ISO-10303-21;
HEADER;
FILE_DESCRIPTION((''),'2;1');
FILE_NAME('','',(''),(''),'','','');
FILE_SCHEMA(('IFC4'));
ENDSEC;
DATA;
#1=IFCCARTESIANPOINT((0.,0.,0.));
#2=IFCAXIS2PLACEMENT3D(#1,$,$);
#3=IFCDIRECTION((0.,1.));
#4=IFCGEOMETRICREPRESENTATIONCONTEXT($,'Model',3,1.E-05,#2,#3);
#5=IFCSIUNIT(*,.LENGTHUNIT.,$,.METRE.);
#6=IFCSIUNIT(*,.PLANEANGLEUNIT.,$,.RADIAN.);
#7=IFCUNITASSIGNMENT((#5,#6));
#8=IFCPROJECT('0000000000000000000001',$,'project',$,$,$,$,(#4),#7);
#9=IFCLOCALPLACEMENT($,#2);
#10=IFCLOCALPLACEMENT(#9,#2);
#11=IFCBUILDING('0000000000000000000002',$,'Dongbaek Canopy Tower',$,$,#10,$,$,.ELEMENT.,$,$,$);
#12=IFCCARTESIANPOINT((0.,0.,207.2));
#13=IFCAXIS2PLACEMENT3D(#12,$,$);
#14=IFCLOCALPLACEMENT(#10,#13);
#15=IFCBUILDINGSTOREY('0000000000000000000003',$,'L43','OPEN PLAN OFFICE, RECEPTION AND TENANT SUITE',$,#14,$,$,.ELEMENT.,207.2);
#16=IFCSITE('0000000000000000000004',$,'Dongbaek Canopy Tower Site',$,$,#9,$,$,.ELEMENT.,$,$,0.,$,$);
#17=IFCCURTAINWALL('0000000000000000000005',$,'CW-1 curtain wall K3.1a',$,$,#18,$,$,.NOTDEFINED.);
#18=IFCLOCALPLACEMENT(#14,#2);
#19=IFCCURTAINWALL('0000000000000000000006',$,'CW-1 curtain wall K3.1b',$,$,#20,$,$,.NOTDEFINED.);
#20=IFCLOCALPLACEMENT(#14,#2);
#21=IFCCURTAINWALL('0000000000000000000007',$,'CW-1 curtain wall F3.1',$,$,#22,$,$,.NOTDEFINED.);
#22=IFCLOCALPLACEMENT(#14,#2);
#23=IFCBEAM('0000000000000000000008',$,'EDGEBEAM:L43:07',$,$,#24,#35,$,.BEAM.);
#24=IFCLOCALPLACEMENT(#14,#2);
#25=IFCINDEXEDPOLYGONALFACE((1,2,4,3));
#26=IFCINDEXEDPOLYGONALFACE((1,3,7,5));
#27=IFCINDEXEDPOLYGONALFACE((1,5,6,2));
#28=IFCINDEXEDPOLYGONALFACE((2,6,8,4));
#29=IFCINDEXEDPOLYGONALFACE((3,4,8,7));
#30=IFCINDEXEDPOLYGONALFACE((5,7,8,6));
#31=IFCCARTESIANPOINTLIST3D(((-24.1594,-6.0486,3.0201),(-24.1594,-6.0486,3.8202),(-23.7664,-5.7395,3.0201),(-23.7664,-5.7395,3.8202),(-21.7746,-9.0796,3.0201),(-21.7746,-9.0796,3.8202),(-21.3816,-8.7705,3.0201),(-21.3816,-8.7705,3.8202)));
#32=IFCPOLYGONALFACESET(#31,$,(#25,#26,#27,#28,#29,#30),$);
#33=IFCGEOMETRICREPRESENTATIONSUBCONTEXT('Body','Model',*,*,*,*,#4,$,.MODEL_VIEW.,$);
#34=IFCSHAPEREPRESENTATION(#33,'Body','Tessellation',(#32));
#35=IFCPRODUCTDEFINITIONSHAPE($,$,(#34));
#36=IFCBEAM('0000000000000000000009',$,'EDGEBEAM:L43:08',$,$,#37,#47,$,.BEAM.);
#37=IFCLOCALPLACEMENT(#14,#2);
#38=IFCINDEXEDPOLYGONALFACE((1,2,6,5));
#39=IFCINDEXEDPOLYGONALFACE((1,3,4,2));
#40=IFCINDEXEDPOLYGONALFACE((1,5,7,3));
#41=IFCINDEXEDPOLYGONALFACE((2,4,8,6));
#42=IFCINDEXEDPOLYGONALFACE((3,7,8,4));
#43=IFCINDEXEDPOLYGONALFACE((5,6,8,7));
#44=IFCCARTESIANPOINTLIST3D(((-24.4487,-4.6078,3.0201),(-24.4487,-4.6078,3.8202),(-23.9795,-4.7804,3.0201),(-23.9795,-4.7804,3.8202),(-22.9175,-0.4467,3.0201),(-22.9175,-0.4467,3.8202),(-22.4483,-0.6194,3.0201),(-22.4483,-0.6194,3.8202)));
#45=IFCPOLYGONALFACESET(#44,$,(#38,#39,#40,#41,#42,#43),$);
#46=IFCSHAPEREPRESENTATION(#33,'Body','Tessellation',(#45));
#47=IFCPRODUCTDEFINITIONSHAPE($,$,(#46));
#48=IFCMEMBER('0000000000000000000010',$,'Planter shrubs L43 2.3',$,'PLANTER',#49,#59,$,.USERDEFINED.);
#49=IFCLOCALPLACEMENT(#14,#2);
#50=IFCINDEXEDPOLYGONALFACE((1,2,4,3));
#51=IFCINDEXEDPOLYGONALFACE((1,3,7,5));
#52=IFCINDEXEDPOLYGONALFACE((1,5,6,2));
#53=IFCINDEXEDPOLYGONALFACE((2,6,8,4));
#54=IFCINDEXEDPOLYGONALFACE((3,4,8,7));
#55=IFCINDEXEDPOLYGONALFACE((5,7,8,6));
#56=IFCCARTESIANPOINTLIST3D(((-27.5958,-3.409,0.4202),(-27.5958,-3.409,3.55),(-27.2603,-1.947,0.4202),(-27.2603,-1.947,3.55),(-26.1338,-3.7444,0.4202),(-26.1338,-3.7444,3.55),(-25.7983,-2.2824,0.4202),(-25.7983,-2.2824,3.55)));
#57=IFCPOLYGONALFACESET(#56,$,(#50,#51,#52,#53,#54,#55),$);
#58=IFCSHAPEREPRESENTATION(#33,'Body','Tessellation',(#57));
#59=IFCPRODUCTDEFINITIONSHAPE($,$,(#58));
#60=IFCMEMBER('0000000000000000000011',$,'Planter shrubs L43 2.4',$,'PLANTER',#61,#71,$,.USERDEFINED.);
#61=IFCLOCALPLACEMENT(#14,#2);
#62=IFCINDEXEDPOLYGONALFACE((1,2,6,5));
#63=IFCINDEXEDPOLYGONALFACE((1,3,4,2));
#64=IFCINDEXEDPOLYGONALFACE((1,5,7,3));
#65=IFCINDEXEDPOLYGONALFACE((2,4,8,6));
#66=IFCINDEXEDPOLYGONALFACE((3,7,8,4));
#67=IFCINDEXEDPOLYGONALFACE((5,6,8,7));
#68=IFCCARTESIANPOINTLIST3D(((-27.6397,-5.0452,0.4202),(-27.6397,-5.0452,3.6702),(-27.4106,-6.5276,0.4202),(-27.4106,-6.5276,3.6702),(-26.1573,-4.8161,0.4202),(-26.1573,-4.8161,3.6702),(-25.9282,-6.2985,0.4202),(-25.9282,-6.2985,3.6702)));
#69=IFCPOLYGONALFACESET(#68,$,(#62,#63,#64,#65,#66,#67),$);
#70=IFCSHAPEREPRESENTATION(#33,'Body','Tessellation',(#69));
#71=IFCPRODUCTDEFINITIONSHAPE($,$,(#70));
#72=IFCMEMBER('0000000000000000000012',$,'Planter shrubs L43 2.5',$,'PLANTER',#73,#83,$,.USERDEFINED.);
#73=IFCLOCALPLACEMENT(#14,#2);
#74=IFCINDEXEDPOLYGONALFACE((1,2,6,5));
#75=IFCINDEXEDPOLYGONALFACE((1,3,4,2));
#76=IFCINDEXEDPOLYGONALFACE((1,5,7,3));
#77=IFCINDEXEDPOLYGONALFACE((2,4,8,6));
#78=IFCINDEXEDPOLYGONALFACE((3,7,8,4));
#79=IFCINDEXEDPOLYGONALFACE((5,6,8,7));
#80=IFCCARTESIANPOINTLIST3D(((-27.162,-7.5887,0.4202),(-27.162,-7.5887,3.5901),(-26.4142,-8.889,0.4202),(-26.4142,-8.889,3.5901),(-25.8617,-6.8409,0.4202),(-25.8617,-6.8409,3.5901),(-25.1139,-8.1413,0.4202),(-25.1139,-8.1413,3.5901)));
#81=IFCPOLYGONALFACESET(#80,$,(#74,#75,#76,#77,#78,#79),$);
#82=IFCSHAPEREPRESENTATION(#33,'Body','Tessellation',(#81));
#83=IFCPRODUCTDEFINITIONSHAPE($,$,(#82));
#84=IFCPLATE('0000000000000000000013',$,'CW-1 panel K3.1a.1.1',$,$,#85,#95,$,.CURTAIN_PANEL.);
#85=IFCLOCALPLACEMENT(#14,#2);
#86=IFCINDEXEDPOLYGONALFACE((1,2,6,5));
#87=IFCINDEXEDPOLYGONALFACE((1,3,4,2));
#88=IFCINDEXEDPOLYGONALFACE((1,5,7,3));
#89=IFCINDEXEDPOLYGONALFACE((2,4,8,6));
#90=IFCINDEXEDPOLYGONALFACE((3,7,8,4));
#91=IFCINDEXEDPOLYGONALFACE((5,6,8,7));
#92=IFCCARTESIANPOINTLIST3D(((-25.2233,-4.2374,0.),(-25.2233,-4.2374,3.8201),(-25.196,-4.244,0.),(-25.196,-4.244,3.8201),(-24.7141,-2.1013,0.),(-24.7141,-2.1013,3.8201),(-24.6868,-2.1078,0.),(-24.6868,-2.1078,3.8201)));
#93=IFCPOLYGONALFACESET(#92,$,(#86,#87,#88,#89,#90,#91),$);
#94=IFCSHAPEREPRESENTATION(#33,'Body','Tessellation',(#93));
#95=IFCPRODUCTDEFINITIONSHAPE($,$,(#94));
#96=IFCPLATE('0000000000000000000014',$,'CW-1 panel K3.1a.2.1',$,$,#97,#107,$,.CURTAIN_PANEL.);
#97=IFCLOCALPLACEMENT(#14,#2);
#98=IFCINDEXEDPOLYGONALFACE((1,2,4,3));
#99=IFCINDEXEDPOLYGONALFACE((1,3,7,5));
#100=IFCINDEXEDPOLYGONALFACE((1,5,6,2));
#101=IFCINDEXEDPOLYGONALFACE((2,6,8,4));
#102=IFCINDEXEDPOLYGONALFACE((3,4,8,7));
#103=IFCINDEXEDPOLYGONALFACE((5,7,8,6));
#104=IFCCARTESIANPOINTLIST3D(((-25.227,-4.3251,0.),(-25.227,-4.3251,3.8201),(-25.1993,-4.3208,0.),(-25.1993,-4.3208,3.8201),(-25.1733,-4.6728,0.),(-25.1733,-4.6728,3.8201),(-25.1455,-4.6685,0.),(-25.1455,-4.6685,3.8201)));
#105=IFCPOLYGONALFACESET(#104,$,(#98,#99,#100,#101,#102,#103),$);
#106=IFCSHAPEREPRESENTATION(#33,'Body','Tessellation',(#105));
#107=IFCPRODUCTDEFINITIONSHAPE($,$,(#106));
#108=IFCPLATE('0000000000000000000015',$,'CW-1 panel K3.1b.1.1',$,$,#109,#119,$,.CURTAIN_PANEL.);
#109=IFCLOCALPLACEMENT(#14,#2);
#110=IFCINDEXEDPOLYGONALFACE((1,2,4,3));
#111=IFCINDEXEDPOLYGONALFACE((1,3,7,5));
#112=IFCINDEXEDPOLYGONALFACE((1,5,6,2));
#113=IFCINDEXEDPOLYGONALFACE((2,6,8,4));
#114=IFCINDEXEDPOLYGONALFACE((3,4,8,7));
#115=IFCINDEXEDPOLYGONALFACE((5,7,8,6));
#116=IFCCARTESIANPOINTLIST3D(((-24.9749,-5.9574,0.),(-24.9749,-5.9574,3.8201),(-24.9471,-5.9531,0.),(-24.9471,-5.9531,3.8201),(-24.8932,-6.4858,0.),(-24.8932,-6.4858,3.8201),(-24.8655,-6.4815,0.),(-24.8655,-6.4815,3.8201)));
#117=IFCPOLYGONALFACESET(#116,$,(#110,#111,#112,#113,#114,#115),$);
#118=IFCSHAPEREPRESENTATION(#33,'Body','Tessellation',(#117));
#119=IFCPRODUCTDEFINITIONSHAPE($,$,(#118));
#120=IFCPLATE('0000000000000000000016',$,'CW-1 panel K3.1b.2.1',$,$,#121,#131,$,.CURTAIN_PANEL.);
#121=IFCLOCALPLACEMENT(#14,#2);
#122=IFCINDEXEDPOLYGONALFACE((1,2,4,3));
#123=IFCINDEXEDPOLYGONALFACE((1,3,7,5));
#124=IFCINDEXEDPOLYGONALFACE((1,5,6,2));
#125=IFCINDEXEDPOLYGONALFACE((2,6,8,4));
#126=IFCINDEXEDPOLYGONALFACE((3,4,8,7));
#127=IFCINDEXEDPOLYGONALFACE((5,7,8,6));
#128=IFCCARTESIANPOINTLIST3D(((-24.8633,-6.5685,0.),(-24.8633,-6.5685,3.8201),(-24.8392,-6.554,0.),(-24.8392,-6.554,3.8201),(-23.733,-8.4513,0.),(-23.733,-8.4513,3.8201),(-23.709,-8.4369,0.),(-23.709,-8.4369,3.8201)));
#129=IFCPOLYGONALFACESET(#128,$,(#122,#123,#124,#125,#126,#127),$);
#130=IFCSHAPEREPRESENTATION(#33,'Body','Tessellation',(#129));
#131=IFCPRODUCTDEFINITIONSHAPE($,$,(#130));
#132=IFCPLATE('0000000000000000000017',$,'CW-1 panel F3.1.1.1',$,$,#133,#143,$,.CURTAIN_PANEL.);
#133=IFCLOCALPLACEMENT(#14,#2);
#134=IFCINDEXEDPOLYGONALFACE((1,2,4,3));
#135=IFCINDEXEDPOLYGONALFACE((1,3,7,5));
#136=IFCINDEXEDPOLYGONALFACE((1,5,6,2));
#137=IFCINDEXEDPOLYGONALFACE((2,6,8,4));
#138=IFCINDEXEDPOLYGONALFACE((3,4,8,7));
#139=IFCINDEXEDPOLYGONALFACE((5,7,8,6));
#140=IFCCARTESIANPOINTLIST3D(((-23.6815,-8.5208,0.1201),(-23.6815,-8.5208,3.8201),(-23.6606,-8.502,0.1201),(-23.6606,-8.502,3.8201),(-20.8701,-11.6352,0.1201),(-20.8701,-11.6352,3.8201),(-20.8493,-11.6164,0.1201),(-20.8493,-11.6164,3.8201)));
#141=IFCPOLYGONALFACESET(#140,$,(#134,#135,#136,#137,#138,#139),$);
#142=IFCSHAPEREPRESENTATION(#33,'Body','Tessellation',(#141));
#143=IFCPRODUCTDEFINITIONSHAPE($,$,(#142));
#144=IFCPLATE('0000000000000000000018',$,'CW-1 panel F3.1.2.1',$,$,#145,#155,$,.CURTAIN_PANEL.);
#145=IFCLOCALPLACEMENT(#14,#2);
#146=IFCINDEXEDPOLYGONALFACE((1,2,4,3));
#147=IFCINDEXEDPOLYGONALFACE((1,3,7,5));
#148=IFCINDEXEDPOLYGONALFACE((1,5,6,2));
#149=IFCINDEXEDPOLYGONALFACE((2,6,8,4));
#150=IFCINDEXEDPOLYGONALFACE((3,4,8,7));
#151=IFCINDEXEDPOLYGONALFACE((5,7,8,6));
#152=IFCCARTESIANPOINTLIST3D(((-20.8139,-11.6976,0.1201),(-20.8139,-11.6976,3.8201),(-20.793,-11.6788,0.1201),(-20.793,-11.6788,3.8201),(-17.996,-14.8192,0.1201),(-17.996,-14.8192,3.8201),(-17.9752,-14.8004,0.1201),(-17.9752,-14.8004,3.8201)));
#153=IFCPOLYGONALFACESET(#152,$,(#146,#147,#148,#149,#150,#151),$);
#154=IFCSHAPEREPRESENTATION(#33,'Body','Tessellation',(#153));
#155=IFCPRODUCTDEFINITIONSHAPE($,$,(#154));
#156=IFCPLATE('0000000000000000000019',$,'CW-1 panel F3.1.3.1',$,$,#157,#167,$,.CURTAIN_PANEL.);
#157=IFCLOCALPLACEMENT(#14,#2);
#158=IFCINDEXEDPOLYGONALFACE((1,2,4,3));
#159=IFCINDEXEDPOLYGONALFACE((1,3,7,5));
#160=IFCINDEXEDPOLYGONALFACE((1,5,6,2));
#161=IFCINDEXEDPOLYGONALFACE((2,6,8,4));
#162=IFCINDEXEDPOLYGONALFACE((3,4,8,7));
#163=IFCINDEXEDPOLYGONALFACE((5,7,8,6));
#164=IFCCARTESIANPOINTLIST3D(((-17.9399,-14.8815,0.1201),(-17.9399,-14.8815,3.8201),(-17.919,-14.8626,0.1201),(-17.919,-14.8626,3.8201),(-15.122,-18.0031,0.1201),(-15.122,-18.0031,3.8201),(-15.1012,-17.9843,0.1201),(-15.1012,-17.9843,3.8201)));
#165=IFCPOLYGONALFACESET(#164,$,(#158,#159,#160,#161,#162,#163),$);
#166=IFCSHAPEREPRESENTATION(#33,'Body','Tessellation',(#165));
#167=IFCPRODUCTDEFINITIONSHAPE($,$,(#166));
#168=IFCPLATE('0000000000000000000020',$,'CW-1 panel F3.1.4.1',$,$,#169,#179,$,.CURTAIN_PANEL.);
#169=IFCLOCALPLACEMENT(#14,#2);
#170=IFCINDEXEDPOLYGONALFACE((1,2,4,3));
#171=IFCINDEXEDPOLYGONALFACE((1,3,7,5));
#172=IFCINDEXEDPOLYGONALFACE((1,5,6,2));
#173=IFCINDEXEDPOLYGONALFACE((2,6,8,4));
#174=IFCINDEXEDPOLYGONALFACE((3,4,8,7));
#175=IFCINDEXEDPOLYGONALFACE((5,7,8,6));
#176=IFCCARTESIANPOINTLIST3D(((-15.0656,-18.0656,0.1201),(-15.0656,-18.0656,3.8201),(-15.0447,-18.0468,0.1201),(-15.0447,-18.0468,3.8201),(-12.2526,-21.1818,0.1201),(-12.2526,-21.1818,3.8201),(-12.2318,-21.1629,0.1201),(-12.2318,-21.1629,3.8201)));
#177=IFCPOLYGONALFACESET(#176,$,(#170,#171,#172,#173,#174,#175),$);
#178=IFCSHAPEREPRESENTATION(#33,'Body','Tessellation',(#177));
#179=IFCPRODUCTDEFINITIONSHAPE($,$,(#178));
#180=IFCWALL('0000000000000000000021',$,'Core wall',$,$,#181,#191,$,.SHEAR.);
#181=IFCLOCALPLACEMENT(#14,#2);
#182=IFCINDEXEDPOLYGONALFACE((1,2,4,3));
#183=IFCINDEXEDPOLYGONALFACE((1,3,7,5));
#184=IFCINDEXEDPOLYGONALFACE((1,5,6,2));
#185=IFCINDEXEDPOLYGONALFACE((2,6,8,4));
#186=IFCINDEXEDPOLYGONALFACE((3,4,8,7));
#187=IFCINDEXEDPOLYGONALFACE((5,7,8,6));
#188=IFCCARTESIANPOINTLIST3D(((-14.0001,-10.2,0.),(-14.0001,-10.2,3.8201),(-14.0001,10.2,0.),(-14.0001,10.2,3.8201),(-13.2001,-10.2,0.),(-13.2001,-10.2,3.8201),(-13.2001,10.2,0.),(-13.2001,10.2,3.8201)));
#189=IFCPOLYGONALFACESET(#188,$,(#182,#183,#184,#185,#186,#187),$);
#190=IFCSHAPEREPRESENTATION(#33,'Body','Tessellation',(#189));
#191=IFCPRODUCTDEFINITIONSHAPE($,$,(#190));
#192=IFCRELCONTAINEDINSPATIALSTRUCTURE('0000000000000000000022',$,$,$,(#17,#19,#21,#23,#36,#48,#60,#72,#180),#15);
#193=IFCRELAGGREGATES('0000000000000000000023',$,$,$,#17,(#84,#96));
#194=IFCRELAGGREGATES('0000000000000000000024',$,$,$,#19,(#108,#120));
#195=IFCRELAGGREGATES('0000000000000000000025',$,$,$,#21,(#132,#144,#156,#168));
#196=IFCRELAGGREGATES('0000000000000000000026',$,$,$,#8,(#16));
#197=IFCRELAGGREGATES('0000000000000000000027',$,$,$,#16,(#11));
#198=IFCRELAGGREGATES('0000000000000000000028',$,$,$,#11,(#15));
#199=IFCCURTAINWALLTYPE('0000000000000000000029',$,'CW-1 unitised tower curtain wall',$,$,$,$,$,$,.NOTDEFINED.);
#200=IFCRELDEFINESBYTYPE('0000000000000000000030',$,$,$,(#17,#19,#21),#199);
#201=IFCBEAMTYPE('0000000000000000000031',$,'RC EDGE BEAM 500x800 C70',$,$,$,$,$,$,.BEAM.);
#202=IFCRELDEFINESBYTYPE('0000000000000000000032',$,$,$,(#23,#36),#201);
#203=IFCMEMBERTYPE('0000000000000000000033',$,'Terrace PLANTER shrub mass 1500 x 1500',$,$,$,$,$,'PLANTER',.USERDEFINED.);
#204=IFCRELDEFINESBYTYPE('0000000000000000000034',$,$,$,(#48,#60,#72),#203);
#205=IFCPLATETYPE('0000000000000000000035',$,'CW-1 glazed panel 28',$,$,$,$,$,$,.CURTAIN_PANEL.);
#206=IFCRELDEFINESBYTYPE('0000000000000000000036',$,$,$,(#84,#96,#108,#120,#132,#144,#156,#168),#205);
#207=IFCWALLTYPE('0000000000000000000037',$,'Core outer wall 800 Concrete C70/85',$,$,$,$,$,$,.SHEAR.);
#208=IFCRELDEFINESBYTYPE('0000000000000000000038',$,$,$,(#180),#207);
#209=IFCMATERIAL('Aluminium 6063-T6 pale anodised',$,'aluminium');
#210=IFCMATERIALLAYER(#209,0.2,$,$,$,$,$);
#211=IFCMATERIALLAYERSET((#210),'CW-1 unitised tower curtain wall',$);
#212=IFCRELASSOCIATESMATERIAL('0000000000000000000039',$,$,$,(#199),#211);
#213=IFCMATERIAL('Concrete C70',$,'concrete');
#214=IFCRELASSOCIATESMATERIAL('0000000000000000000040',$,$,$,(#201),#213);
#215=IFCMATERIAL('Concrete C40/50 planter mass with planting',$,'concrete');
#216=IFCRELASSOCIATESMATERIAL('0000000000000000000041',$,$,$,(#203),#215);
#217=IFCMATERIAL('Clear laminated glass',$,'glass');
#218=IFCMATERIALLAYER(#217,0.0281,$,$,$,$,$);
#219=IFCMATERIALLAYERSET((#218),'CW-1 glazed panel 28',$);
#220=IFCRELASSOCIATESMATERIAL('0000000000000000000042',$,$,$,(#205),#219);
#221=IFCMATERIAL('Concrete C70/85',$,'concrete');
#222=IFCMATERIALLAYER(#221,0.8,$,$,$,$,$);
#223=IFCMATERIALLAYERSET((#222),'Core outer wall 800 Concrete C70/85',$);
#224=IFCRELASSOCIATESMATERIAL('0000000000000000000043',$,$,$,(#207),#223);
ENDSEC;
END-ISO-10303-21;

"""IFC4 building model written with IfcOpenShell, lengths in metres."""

from ifc_helpers import new_model, si_unit, direction, frame, frame_2d, origin, origin_2d, place, context, subcontext, project, spatial, rectangle, extrude, material, layer, layer_set, material_profile, profile_set, type_object, element, aggregate, save


model = new_model("IFC4")

# Units and contexts
model_context = context("Model", 3, precision=1e-05, world=origin(), true_north=direction((0.0, 1.0)))
body_context = subcontext(model_context, "Body", "Model", "MODEL_VIEW")
ifc_project = project(units=[si_unit("LENGTHUNIT", "METRE"), si_unit("PLANEANGLEUNIT", "RADIAN")], contexts=[model_context])

# Site, building, storey
site_placement = place(None, origin())
site = spatial("IfcSite", under=ifc_project, at=site_placement, Name="Dongbaek Canopy Tower Site", CompositionType="ELEMENT", RefElevation=0.0)
building_placement = place(site_placement, origin())
building = spatial("IfcBuilding", under=site, at=building_placement, Name="Dongbaek Canopy Tower", CompositionType="ELEMENT")
storey_placement = place(building_placement, frame((0.0, 0.0, 207.2)))
storey = spatial("IfcBuildingStorey", under=building, at=storey_placement, Name="L43", Description="OPEN PLAN OFFICE, RECEPTION AND TENANT SUITE", CompositionType="ELEMENT", Elevation=207.2)

# Curtain walls
ifc_material_1 = material(Name="Aluminium 6063-T6 pale anodised", Category="aluminium")
ifc_layer_1 = layer(ifc_material_1, 0.2)
ifc_layer_set_1 = layer_set([ifc_layer_1], Name="CW-1 unitised tower curtain wall")
curtain_wall_type = type_object("IfcCurtainWallType", Name="CW-1 unitised tower curtain wall", PredefinedType="NOTDEFINED", material=ifc_layer_set_1)
curtain_wall_1_placement = place(storey_placement, origin())
curtain_wall_1 = element("IfcCurtainWall", 1, at=curtain_wall_1_placement, inside=storey, type_object=curtain_wall_type, Name="CW-1 curtain wall K3.1a", PredefinedType="NOTDEFINED")
curtain_wall_2_placement = place(storey_placement, origin())
curtain_wall_2 = element("IfcCurtainWall", 2, at=curtain_wall_2_placement, inside=storey, type_object=curtain_wall_type, Name="CW-1 curtain wall K3.1b", PredefinedType="NOTDEFINED")
curtain_wall_3_placement = place(storey_placement, origin())
curtain_wall_3 = element("IfcCurtainWall", 3, at=curtain_wall_3_placement, inside=storey, type_object=curtain_wall_type, Name="CW-1 curtain wall F3.1", PredefinedType="NOTDEFINED")

# Beams
ifc_material_2 = material(Name="Concrete C70", Category="concrete")
ifc_material_profile_1 = material_profile(ifc_material_2, rectangle(XDim=0.5, YDim=0.8, at=origin_2d()), Name="RC EDGE BEAM 500x800 C70")
ifc_profile_set_1 = profile_set([ifc_material_profile_1], Name="Concrete C70")
beam_type = type_object("IfcBeamType", Name="RC EDGE BEAM 500x800 C70", PredefinedType="BEAM", material=ifc_profile_set_1)
beam_1_placement = place(storey_placement, frame((-21.5781, -8.925, 3.4202), z_axis=(-0.618344, 0.785907, 0.0), x_axis=(-0.785907, -0.618344, 0.0)))
element("IfcBeam", 4, at=beam_1_placement, inside=storey, type_object=beam_type, Name="EDGEBEAM:L43:07", PredefinedType="BEAM", context=body_context, shape_type="SweptSolid", body=[
    extrude(rectangle(XDim=0.5, YDim=0.8, at=origin_2d()), origin(), (0.0, 0.0, 1.0), 3.8567),
])
beam_2_placement = place(storey_placement, frame((-24.2141, -4.6941, 3.4202), z_axis=(0.345348, 0.938475, 0.0), x_axis=(-0.938475, 0.345348, 0.0)))
element("IfcBeam", 5, at=beam_2_placement, inside=storey, type_object=beam_type, Name="EDGEBEAM:L43:08", PredefinedType="BEAM", context=body_context, shape_type="SweptSolid", body=[
    extrude(rectangle(XDim=0.5, YDim=0.8, at=origin_2d()), origin(), (0.0, 0.0, 1.0), 4.4338),
])

# Members
ifc_material_3 = material(Name="Concrete C40/50 planter mass with planting", Category="concrete")
ifc_material_profile_2 = material_profile(ifc_material_3, rectangle(XDim=1.5, YDim=1.5, at=origin_2d()), Name="Terrace PLANTER shrub mass 1500 x 1500")
ifc_profile_set_2 = profile_set([ifc_material_profile_2], Name="Concrete C40/50 planter mass with planting")
member_type_1 = type_object("IfcMemberType", Name="Terrace PLANTER shrub mass 1500 x 1500", ElementType="PLANTER", PredefinedType="USERDEFINED", material=ifc_profile_set_2)
member_1_placement = place(storey_placement, frame((-26.697, -2.8457, 0.4202), z_axis=(0.0, 0.0, 1.0), x_axis=(-0.974671, 0.223643, 0.0)))
element("IfcMember", 6, at=member_1_placement, inside=storey, type_object=member_type_1, Name="Planter shrubs L43 2.3", ObjectType="PLANTER", PredefinedType="USERDEFINED", context=body_context, shape_type="SweptSolid", body=[
    extrude(rectangle(XDim=1.5, YDim=1.5, at=origin_2d()), origin(), (0.0, 0.0, 1.0), 3.1299),
])
member_2_placement = place(storey_placement, frame((-26.7839, -5.6719, 0.4202), z_axis=(0.0, 0.0, 1.0), x_axis=(-0.988271, -0.152713, 0.0)))
element("IfcMember", 7, at=member_2_placement, inside=storey, type_object=member_type_1, Name="Planter shrubs L43 2.4", ObjectType="PLANTER", PredefinedType="USERDEFINED", context=body_context, shape_type="SweptSolid", body=[
    extrude(rectangle(XDim=1.5, YDim=1.5, at=origin_2d()), origin(), (0.0, 0.0, 1.0), 3.25),
])
member_3_placement = place(storey_placement, frame((-26.1379, -7.865, 0.4202), z_axis=(0.0, 0.0, 1.0), x_axis=(-0.86688, -0.498517, 0.0)))
element("IfcMember", 8, at=member_3_placement, inside=storey, type_object=member_type_1, Name="Planter shrubs L43 2.5", ObjectType="PLANTER", PredefinedType="USERDEFINED", context=body_context, shape_type="SweptSolid", body=[
    extrude(rectangle(XDim=1.5, YDim=1.5, at=origin_2d()), origin(), (0.0, 0.0, 1.0), 3.1699),
])

# Plates
ifc_material_4 = material(Name="Clear laminated glass", Category="glass")
ifc_layer_2 = layer(ifc_material_4, 0.0281)
ifc_layer_set_2 = layer_set([ifc_layer_2], Name="CW-1 glazed panel 28")
plate_type = type_object("IfcPlateType", Name="CW-1 glazed panel 28", PredefinedType="CURTAIN_PANEL", material=ifc_layer_set_2)
plate_1_placement = place(storey_placement, frame((-24.9551, -3.1726, 0.0), z_axis=(0.0, 0.0, 1.0), x_axis=(-0.231882, -0.972744, 0.0)))
plate_1 = element("IfcPlate", 9, at=plate_1_placement, type_object=plate_type, Name="CW-1 panel K3.1a.1.1", PredefinedType="CURTAIN_PANEL", context=body_context, shape_type="SweptSolid", body=[
    extrude(rectangle(XDim=2.196, YDim=0.0281, at=origin_2d()), origin(), (0.0, 0.0, 1.0), 3.8201),
])
plate_2_placement = place(storey_placement, frame((-25.1863, -4.4968, 0.0), z_axis=(0.0, 0.0, 1.0), x_axis=(0.152713, -0.988271, 0.0)))
plate_2 = element("IfcPlate", 10, at=plate_2_placement, type_object=plate_type, Name="CW-1 panel K3.1a.2.1", PredefinedType="CURTAIN_PANEL", context=body_context, shape_type="SweptSolid", body=[
    extrude(rectangle(XDim=0.3518, YDim=0.0281, at=origin_2d()), origin(), (0.0, 0.0, 1.0), 3.8201),
])
aggregate(curtain_wall_1, [plate_1, plate_2])
plate_3_placement = place(storey_placement, frame((-24.9202, -6.2195, 0.0), z_axis=(0.0, 0.0, 1.0), x_axis=(0.152713, -0.988271, 0.0)))
plate_3 = element("IfcPlate", 11, at=plate_3_placement, type_object=plate_type, Name="CW-1 panel K3.1b.1.1", PredefinedType="CURTAIN_PANEL", context=body_context, shape_type="SweptSolid", body=[
    extrude(rectangle(XDim=0.5347, YDim=0.0281, at=origin_2d()), origin(), (0.0, 0.0, 1.0), 3.8201),
])
plate_4_placement = place(storey_placement, frame((-24.2861, -7.5027, 0.0), z_axis=(0.0, 0.0, 1.0), x_axis=(0.514683, -0.857381, 0.0)))
plate_4 = element("IfcPlate", 12, at=plate_4_placement, type_object=plate_type, Name="CW-1 panel K3.1b.2.1", PredefinedType="CURTAIN_PANEL", context=body_context, shape_type="SweptSolid", body=[
    extrude(rectangle(XDim=2.196, YDim=0.0281, at=origin_2d()), origin(), (0.0, 0.0, 1.0), 3.8201),
])
aggregate(curtain_wall_2, [plate_3, plate_4])
plate_5_placement = place(storey_placement, frame((-22.2654, -10.0686, 0.1201), z_axis=(0.0, 0.0, 1.0), x_axis=(0.670068, -0.7423, 0.0)))
plate_5 = element("IfcPlate", 13, at=plate_5_placement, type_object=plate_type, Name="CW-1 panel F3.1.1.1", PredefinedType="CURTAIN_PANEL", context=body_context, shape_type="SweptSolid", body=[
    extrude(rectangle(XDim=4.1956, YDim=0.0281, at=origin_2d()), origin(), (0.0, 0.0, 1.0), 3.7),
])
plate_6_placement = place(storey_placement, frame((-19.3945, -13.249, 0.1201), z_axis=(0.0, 0.0, 1.0), x_axis=(0.670068, -0.7423, 0.0)))
plate_6 = element("IfcPlate", 14, at=plate_6_placement, type_object=plate_type, Name="CW-1 panel F3.1.2.1", PredefinedType="CURTAIN_PANEL", context=body_context, shape_type="SweptSolid", body=[
    extrude(rectangle(XDim=4.2053, YDim=0.0281, at=origin_2d()), origin(), (0.0, 0.0, 1.0), 3.7),
])
plate_7_placement = place(storey_placement, frame((-16.5205, -16.4329, 0.1201), z_axis=(0.0, 0.0, 1.0), x_axis=(0.670068, -0.7423, 0.0)))
plate_7 = element("IfcPlate", 15, at=plate_7_placement, type_object=plate_type, Name="CW-1 panel F3.1.3.1", PredefinedType="CURTAIN_PANEL", context=body_context, shape_type="SweptSolid", body=[
    extrude(rectangle(XDim=4.2053, YDim=0.0281, at=origin_2d()), origin(), (0.0, 0.0, 1.0), 3.7),
])
plate_8_placement = place(storey_placement, frame((-13.6487, -19.6143, 0.1201), z_axis=(0.0, 0.0, 1.0), x_axis=(0.670068, -0.7423, 0.0)))
plate_8 = element("IfcPlate", 16, at=plate_8_placement, type_object=plate_type, Name="CW-1 panel F3.1.4.1", PredefinedType="CURTAIN_PANEL", context=body_context, shape_type="SweptSolid", body=[
    extrude(rectangle(XDim=4.198, YDim=0.0281, at=origin_2d()), origin(), (0.0, 0.0, 1.0), 3.7),
])

# Wall
ifc_material_5 = material(Name="Concrete C70/85", Category="concrete")
ifc_layer_3 = layer(ifc_material_5, 0.8)
ifc_layer_set_3 = layer_set([ifc_layer_3], Name="Core outer wall 800 Concrete C70/85")
wall_type_1 = type_object("IfcWallType", Name="Core outer wall 800 Concrete C70/85", PredefinedType="SHEAR", material=ifc_layer_set_3)
wall_1_placement = place(storey_placement, frame((-13.6001, -10.2, 0.0), z_axis=(0.0, 0.0, 1.0), x_axis=(0.0, 1.0, 0.0)))
element("IfcWall", 17, at=wall_1_placement, inside=storey, type_object=wall_type_1, Name="Core wall", PredefinedType="SHEAR", context=body_context, shape_type="SweptSolid", body=[
    extrude(rectangle(XDim=20.3999, YDim=0.8, at=frame_2d((10.2, 0.0))), origin(), (0.0, 0.0, 1.0), 3.8201),
])

aggregate(curtain_wall_3, [plate_5, plate_6, plate_7, plate_8])

save(model, "model.ifc")
